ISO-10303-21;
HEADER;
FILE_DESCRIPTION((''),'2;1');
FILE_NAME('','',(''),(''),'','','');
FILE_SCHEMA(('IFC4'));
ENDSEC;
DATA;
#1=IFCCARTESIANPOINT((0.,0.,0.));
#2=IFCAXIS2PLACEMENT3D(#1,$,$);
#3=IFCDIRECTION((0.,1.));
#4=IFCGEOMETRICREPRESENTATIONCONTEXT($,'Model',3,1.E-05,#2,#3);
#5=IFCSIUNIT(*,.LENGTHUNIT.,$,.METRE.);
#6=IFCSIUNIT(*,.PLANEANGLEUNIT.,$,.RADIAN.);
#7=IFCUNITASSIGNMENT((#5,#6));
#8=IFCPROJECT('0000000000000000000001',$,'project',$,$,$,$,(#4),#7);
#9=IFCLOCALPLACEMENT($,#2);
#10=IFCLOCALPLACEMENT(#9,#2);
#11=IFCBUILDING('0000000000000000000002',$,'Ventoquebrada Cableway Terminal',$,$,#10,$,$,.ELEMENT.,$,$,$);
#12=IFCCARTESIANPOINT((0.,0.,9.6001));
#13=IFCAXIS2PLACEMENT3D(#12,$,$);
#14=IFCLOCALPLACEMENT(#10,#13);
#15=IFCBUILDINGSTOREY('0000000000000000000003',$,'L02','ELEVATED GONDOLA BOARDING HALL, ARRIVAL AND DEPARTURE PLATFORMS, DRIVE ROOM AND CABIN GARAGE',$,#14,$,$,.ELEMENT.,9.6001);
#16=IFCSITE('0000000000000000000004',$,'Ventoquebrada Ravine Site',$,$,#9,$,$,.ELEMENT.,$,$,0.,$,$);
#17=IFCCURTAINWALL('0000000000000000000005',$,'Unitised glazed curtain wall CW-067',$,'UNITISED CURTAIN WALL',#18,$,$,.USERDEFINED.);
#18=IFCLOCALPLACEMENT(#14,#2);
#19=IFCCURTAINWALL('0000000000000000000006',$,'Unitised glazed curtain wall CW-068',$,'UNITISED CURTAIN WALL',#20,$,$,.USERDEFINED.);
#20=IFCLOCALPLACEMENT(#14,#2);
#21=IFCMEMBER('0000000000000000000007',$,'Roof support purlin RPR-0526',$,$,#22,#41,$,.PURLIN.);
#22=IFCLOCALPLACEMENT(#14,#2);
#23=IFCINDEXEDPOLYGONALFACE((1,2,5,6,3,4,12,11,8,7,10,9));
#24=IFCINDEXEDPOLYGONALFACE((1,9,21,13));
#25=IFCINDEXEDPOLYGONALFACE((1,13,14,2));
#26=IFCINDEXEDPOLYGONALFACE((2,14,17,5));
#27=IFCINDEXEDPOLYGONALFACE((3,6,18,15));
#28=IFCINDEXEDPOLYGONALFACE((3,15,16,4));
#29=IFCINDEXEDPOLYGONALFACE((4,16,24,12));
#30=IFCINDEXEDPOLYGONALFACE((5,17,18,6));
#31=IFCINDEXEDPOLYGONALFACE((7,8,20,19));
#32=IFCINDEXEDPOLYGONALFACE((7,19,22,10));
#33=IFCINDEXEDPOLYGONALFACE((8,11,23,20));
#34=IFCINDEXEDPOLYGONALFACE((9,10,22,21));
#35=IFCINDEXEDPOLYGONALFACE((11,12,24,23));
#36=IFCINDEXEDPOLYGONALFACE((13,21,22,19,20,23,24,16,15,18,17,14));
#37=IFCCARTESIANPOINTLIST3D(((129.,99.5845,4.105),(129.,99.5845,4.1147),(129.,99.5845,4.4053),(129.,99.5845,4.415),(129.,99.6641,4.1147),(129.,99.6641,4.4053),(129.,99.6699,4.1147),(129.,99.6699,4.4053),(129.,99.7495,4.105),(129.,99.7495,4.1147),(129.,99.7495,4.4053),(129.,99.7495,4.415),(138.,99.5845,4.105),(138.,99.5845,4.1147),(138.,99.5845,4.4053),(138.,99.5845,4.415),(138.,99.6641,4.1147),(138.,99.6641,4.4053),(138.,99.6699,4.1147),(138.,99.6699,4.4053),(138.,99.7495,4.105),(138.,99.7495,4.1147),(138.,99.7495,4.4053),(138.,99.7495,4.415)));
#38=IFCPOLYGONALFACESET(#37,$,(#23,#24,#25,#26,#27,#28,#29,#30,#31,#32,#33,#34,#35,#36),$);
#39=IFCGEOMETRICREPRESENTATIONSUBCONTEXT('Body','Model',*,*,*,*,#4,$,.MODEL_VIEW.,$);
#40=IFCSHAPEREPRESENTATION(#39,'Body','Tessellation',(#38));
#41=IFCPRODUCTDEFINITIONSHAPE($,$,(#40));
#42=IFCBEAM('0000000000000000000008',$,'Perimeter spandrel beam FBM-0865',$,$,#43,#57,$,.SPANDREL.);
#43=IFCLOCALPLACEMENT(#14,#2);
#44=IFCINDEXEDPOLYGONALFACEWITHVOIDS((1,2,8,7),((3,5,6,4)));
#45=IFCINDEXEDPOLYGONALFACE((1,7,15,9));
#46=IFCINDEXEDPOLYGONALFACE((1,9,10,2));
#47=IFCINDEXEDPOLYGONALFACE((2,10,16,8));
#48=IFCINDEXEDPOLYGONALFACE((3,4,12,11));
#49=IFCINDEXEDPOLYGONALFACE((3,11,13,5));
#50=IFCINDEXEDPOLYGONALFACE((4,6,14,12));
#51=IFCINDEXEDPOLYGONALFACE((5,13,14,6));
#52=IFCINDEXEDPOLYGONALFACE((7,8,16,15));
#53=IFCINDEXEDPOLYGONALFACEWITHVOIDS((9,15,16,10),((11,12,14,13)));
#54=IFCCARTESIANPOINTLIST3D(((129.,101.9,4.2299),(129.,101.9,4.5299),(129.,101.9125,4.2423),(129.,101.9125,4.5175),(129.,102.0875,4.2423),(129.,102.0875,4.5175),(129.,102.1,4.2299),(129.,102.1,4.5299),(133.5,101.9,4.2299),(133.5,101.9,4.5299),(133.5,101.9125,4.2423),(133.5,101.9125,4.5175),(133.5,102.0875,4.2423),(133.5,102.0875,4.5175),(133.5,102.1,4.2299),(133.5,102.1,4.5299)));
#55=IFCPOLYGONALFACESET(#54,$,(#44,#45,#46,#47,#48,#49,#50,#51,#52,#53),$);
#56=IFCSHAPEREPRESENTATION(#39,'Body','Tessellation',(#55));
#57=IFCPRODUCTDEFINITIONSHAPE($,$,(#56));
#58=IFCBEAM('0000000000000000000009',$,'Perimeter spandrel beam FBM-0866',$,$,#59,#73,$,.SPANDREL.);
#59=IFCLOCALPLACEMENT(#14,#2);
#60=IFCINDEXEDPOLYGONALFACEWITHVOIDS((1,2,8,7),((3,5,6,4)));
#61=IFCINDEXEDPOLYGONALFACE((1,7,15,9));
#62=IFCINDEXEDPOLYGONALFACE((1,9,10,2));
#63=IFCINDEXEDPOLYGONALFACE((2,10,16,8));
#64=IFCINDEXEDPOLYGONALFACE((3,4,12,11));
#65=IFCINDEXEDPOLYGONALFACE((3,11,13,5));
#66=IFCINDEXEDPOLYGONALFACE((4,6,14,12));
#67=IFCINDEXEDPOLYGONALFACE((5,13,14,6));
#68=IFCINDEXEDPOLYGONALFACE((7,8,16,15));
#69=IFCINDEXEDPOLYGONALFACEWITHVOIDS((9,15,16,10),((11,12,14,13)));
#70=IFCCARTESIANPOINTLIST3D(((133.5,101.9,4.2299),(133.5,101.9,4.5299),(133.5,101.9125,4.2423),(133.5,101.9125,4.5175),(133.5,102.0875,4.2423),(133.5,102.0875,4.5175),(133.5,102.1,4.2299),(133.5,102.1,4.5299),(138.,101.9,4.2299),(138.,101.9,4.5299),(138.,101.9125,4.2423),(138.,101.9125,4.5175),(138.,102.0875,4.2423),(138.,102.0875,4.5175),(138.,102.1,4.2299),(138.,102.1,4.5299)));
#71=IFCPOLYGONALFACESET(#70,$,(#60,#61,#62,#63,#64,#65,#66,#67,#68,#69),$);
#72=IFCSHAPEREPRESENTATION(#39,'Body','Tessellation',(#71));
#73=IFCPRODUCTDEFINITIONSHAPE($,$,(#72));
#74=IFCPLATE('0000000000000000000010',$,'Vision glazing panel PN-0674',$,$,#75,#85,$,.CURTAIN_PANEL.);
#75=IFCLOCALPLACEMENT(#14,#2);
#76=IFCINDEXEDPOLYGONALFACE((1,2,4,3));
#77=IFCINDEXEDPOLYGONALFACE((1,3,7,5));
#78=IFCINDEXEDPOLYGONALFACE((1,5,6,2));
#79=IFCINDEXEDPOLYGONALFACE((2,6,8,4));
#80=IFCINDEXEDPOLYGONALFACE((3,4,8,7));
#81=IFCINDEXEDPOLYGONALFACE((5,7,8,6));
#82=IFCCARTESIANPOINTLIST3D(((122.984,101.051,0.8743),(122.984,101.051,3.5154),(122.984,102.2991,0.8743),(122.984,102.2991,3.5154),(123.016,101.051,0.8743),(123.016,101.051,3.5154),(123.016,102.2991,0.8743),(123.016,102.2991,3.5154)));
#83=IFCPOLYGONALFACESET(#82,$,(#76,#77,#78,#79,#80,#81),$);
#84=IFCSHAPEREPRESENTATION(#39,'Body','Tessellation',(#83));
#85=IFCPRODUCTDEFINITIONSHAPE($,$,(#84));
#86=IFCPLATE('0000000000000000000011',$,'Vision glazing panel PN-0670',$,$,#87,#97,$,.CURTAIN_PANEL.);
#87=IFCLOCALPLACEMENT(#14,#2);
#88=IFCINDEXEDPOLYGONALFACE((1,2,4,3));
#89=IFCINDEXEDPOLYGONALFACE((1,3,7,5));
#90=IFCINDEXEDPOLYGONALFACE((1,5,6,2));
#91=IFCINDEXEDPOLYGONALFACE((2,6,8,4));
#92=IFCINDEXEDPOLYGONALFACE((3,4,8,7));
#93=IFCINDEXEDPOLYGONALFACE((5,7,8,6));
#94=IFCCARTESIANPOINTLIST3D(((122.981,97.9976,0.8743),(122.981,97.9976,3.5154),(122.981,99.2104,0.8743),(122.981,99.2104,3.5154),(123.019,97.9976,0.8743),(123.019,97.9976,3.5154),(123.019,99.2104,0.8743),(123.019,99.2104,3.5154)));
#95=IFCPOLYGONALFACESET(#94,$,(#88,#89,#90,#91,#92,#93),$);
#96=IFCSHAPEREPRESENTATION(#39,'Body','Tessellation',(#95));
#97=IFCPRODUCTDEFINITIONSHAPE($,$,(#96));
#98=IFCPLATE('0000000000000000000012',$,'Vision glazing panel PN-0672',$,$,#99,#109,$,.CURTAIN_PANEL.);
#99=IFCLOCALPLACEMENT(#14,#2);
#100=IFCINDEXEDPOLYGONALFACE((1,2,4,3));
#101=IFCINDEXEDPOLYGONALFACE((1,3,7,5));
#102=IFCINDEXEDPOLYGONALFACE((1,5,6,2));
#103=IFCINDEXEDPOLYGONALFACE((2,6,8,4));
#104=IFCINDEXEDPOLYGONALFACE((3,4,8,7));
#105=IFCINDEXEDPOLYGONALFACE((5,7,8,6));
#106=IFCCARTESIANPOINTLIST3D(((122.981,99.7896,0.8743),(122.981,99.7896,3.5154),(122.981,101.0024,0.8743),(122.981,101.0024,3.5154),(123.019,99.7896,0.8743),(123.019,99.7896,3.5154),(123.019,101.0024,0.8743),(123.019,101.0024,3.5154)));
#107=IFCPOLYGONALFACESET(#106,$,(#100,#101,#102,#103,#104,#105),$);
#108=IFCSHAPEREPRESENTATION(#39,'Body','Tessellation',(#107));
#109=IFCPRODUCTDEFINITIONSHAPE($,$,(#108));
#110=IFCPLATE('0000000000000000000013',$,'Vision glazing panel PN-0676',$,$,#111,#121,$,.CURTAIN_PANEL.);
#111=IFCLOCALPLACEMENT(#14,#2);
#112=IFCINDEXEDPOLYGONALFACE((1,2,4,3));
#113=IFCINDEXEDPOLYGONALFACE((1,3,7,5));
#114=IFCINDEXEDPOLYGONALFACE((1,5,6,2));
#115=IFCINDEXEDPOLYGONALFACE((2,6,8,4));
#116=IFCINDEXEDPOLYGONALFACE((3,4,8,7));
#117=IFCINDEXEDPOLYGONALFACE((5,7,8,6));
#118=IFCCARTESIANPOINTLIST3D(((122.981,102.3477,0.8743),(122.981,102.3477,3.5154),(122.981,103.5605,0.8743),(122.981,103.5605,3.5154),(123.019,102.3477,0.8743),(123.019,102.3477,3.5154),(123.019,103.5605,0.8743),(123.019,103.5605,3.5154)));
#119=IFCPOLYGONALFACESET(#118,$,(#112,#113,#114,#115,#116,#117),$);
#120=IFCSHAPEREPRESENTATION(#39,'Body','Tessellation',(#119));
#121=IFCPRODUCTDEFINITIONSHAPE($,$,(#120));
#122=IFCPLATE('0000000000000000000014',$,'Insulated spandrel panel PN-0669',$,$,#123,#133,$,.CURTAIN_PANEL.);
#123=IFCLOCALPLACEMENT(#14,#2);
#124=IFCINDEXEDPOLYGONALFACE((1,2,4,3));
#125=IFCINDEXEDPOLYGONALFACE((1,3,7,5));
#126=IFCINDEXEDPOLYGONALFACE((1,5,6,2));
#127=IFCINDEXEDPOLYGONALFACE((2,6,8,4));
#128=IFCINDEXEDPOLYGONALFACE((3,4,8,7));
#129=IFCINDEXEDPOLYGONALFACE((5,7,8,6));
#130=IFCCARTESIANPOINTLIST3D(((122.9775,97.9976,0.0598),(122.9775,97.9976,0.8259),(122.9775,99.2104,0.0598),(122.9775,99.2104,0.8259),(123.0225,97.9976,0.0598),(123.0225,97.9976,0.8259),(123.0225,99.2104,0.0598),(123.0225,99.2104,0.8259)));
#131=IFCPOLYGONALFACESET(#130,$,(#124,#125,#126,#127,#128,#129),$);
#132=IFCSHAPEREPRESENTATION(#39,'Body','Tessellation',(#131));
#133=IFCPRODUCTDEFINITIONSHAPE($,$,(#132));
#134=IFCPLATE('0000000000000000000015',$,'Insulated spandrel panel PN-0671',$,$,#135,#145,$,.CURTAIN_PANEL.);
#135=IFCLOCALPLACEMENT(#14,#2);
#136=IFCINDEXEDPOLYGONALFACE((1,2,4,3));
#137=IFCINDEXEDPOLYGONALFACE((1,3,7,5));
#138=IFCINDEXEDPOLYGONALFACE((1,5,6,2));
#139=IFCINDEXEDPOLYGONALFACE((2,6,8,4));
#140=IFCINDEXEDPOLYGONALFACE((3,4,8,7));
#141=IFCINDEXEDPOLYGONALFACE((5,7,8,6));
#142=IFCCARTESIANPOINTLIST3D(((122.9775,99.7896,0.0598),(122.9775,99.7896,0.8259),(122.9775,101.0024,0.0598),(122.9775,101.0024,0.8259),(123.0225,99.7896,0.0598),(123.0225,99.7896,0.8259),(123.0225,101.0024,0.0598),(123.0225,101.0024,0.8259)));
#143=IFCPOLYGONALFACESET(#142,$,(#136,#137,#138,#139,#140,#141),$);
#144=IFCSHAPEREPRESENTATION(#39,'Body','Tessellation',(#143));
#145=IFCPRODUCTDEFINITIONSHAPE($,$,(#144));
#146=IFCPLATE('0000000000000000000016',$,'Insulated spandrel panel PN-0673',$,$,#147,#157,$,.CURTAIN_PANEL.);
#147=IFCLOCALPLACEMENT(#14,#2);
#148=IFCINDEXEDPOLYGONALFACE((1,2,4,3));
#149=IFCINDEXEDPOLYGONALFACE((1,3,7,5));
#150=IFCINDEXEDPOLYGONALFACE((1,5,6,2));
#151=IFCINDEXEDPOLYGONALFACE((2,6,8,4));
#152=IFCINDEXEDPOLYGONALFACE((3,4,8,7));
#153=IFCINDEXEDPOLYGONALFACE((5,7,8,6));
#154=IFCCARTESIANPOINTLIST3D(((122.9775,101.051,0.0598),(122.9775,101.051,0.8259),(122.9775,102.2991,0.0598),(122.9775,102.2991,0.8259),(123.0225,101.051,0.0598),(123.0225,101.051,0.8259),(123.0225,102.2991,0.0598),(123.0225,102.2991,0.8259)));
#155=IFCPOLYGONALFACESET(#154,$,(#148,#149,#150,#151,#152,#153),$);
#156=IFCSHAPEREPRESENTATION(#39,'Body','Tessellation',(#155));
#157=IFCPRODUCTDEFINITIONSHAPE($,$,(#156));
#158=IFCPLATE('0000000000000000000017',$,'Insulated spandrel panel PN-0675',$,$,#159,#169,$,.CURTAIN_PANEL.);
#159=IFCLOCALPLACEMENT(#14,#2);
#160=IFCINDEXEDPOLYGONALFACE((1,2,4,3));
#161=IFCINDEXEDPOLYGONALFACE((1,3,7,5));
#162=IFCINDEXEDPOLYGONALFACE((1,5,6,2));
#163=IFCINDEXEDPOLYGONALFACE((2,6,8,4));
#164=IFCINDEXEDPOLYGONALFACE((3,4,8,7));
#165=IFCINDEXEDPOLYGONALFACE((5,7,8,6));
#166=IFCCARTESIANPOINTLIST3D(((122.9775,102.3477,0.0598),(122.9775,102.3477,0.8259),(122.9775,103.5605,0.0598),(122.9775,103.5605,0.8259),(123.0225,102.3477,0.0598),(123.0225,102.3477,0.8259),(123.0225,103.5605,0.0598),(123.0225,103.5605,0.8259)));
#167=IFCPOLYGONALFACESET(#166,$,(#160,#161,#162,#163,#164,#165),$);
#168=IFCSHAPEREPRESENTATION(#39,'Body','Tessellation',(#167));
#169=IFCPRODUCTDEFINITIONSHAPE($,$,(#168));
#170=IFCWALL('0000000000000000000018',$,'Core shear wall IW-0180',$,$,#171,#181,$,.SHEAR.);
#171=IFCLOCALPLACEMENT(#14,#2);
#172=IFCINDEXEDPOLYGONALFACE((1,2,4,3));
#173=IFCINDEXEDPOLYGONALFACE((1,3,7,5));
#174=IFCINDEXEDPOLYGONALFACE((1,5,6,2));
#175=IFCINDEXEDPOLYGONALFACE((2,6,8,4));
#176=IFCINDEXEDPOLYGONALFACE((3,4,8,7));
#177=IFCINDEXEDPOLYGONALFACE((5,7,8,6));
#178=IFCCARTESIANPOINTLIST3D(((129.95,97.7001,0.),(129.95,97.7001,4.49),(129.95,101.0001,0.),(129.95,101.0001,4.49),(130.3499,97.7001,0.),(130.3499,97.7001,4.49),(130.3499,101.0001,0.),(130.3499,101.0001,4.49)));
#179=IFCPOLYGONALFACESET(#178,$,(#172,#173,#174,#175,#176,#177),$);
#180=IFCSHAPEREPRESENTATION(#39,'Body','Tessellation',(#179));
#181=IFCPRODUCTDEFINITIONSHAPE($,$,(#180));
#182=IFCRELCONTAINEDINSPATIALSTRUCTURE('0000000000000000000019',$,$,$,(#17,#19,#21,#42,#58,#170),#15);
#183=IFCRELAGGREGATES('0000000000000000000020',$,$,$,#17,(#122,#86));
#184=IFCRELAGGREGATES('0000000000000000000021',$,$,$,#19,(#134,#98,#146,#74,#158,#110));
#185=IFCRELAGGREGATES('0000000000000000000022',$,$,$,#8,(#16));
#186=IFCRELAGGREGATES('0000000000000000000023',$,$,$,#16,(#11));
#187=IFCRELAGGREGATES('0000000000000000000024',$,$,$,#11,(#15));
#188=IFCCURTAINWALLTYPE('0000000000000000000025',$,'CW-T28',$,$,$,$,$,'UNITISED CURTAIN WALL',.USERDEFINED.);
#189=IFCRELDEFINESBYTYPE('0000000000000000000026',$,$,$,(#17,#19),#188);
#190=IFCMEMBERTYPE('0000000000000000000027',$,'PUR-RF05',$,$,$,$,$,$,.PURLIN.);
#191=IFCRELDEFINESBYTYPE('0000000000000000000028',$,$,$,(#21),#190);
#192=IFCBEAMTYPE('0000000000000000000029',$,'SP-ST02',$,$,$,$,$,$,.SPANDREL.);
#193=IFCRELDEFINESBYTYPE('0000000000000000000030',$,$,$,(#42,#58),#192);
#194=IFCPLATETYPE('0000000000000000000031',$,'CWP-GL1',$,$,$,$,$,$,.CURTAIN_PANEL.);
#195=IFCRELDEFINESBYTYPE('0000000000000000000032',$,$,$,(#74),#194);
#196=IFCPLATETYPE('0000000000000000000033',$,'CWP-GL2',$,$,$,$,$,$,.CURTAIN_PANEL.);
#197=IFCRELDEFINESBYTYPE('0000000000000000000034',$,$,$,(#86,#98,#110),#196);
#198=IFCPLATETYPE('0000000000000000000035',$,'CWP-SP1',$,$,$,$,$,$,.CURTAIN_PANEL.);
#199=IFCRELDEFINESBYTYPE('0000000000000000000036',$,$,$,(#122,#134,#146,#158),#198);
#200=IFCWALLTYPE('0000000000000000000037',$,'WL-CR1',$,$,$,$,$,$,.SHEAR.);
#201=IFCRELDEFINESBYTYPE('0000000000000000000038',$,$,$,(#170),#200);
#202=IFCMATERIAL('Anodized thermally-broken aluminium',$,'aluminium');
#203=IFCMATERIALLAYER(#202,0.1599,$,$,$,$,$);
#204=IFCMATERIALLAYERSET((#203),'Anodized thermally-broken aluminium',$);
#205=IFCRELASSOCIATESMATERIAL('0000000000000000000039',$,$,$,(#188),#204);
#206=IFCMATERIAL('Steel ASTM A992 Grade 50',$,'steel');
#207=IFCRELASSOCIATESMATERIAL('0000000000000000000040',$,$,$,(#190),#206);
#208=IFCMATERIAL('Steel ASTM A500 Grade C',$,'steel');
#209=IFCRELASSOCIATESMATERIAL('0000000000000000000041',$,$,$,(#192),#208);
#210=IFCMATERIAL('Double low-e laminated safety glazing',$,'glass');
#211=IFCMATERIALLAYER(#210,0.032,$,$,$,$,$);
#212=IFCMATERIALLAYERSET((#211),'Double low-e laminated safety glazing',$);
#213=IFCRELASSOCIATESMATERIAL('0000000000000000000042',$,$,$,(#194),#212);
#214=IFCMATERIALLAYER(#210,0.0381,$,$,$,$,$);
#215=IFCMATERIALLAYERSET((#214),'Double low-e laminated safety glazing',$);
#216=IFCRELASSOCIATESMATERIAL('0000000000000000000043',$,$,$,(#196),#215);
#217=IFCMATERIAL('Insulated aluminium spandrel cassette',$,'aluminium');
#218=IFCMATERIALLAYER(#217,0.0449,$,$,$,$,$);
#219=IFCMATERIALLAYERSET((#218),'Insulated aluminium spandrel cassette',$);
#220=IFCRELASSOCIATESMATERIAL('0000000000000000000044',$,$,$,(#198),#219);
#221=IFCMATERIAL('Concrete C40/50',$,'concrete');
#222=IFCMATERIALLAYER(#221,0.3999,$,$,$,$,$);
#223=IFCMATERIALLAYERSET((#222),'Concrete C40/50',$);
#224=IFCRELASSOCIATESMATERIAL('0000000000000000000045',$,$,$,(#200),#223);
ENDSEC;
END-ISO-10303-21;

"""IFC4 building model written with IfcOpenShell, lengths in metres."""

from ifc_helpers import new_model, si_unit, direction, frame, frame_2d, origin, origin_2d, place, context, subcontext, project, spatial, rectangle, hollow_rectangle, i_section, extrude, material, layer, layer_set, material_profile, profile_set, type_object, element, aggregate, save


model = new_model("IFC4")

# Units and contexts
model_context = context("Model", 3, precision=1e-05, world=origin(), true_north=direction((0.0, 1.0)))
body_context = subcontext(model_context, "Body", "Model", "MODEL_VIEW")
ifc_project = project(units=[si_unit("LENGTHUNIT", "METRE"), si_unit("PLANEANGLEUNIT", "RADIAN")], contexts=[model_context])

# Site, building, storey
site_placement = place(None, origin())
site = spatial("IfcSite", under=ifc_project, at=site_placement, Name="Ventoquebrada Ravine Site", CompositionType="ELEMENT", RefElevation=0.0)
building_placement = place(site_placement, origin())
building = spatial("IfcBuilding", under=site, at=building_placement, Name="Ventoquebrada Cableway Terminal", CompositionType="ELEMENT")
storey_placement = place(building_placement, frame((0.0, 0.0, 9.6001)))
storey = spatial("IfcBuildingStorey", under=building, at=storey_placement, Name="L02", Description="ELEVATED GONDOLA BOARDING HALL, ARRIVAL AND DEPARTURE PLATFORMS, DRIVE ROOM AND CABIN GARAGE", CompositionType="ELEMENT", Elevation=9.6001)

# Shared definitions
ifc_material_1 = material(Name="Concrete C40/50", Category="concrete")
ifc_material_2 = material(Name="Steel ASTM A992 Grade 50", Category="steel")

# Curtain wall
ifc_material_3 = material(Name="Anodized thermally-broken aluminium", Category="aluminium")
ifc_layer_1 = layer(ifc_material_3, 0.1599)
ifc_layer_set_1 = layer_set([ifc_layer_1], Name="Anodized thermally-broken aluminium")
curtain_wall_type = type_object("IfcCurtainWallType", Name="CW-T28", ElementType="UNITISED CURTAIN WALL", PredefinedType="USERDEFINED", material=ifc_layer_set_1)
curtain_wall_1_placement = place(storey_placement, origin())
curtain_wall_1 = element("IfcCurtainWall", 1, at=curtain_wall_1_placement, inside=storey, type_object=curtain_wall_type, Name="Unitised glazed curtain wall CW-067", ObjectType="UNITISED CURTAIN WALL", PredefinedType="USERDEFINED")

# Curtain wall
curtain_wall_2_placement = place(storey_placement, origin())
curtain_wall_2 = element("IfcCurtainWall", 2, at=curtain_wall_2_placement, inside=storey, type_object=curtain_wall_type, Name="Unitised glazed curtain wall CW-068", ObjectType="UNITISED CURTAIN WALL", PredefinedType="USERDEFINED")

# Member
ifc_material_profile_1 = material_profile(ifc_material_2, i_section(OverallWidth=0.165, OverallDepth=0.3101, WebThickness=0.0059, FlangeThickness=0.0098, at=origin_2d()), Name="W12X26")
ifc_profile_set_1 = profile_set([ifc_material_profile_1], Name="Steel ASTM A992 Grade 50")
member_type_1 = type_object("IfcMemberType", Name="PUR-RF05", PredefinedType="PURLIN", material=ifc_profile_set_1)
member_1_placement = place(storey_placement, frame((129.0, 99.667, 4.26), z_axis=(1.0, 0.0, 0.0), x_axis=(0.0, 1.0, 0.0)))
element("IfcMember", 3, at=member_1_placement, inside=storey, type_object=member_type_1, Name="Roof support purlin RPR-0526", PredefinedType="PURLIN", context=body_context, shape_type="SweptSolid", body=[
    extrude(i_section(OverallWidth=0.165, OverallDepth=0.3101, WebThickness=0.0059, FlangeThickness=0.0098, at=origin_2d()), origin(), (0.0, 0.0, 1.0), 9.0),
])

# Beams
ifc_material_4 = material(Name="Steel ASTM A500 Grade C", Category="steel")
ifc_material_profile_2 = material_profile(ifc_material_4, hollow_rectangle(XDim=0.2, YDim=0.3, WallThickness=0.0125, at=origin_2d()), Name="RHS300X200X12.5")
ifc_profile_set_2 = profile_set([ifc_material_profile_2], Name="Steel ASTM A500 Grade C")
beam_type_1 = type_object("IfcBeamType", Name="SP-ST02", PredefinedType="SPANDREL", material=ifc_profile_set_2)
for number, where, z_axis, x_axis, name in (
    (4, (129.0, 102.0, 4.3799), (1.0, 0.0, 0.0), (0.0, 1.0, 0.0), "Perimeter spandrel beam FBM-0865"),
    (5, (133.5, 102.0, 4.3799), (1.0, 0.0, 0.0), (0.0, 1.0, 0.0), "Perimeter spandrel beam FBM-0866"),
):
    element("IfcBeam", number, at=place(storey_placement, frame(where, z_axis=z_axis, x_axis=x_axis)), inside=storey, type_object=beam_type_1, Name=name, PredefinedType="SPANDREL", context=body_context, shape_type="SweptSolid", body=[
        extrude(hollow_rectangle(XDim=0.2, YDim=0.3, WallThickness=0.0125, at=origin_2d()), origin(), (0.0, 0.0, 1.0), 4.5),
    ])

# Plates
ifc_material_5 = material(Name="Double low-e laminated safety glazing", Category="glass")
ifc_layer_2 = layer(ifc_material_5, 0.032)
ifc_layer_set_2 = layer_set([ifc_layer_2], Name="Double low-e laminated safety glazing")
plate_type_1 = type_object("IfcPlateType", Name="CWP-GL1", PredefinedType="CURTAIN_PANEL", material=ifc_layer_set_2)
plate_1_placement = place(storey_placement, frame((123.0, 101.675, 0.8743), z_axis=(0.0, 0.0, 1.0), x_axis=(0.0, 1.0, 0.0)))
plate_1 = element("IfcPlate", 6, at=plate_1_placement, type_object=plate_type_1, Name="Vision glazing panel PN-0674", PredefinedType="CURTAIN_PANEL", context=body_context, shape_type="SweptSolid", body=[
    extrude(rectangle(XDim=1.248, YDim=0.032, at=origin_2d()), origin(), (0.0, 0.0, 1.0), 2.6411),
])
ifc_layer_3 = layer(ifc_material_5, 0.0381)
ifc_layer_set_3 = layer_set([ifc_layer_3], Name="Double low-e laminated safety glazing")
plate_type_2 = type_object("IfcPlateType", Name="CWP-GL2", PredefinedType="CURTAIN_PANEL", material=ifc_layer_set_3)
plate_2_placement = place(storey_placement, frame((123.0, 98.604, 0.8743), z_axis=(0.0, 0.0, 1.0), x_axis=(0.0, 1.0, 0.0)))
plate_2 = element("IfcPlate", 7, at=plate_2_placement, type_object=plate_type_2, Name="Vision glazing panel PN-0670", PredefinedType="CURTAIN_PANEL", context=body_context, shape_type="SweptSolid", body=[
    extrude(rectangle(XDim=1.2129, YDim=0.0381, at=origin_2d()), origin(), (0.0, 0.0, 1.0), 2.6411),
])
plate_3_placement = place(storey_placement, frame((123.0, 100.396, 0.8743), z_axis=(0.0, 0.0, 1.0), x_axis=(0.0, 1.0, 0.0)))
plate_3 = element("IfcPlate", 8, at=plate_3_placement, type_object=plate_type_2, Name="Vision glazing panel PN-0672", PredefinedType="CURTAIN_PANEL", context=body_context, shape_type="SweptSolid", body=[
    extrude(rectangle(XDim=1.2129, YDim=0.0381, at=origin_2d()), origin(), (0.0, 0.0, 1.0), 2.6411),
])
plate_4_placement = place(storey_placement, frame((123.0, 102.9541, 0.8743), z_axis=(0.0, 0.0, 1.0), x_axis=(0.0, 1.0, 0.0)))
plate_4 = element("IfcPlate", 9, at=plate_4_placement, type_object=plate_type_2, Name="Vision glazing panel PN-0676", PredefinedType="CURTAIN_PANEL", context=body_context, shape_type="SweptSolid", body=[
    extrude(rectangle(XDim=1.2129, YDim=0.0381, at=origin_2d()), origin(), (0.0, 0.0, 1.0), 2.6411),
])
ifc_material_6 = material(Name="Insulated aluminium spandrel cassette", Category="aluminium")
ifc_layer_4 = layer(ifc_material_6, 0.0449)
ifc_layer_set_4 = layer_set([ifc_layer_4], Name="Insulated aluminium spandrel cassette")
plate_type_3 = type_object("IfcPlateType", Name="CWP-SP1", PredefinedType="CURTAIN_PANEL", material=ifc_layer_set_4)
plate_5_placement = place(storey_placement, frame((123.0, 98.604, 0.0598), z_axis=(0.0, 0.0, 1.0), x_axis=(0.0, 1.0, 0.0)))
plate_5 = element("IfcPlate", 10, at=plate_5_placement, type_object=plate_type_3, Name="Insulated spandrel panel PN-0669", PredefinedType="CURTAIN_PANEL", context=body_context, shape_type="SweptSolid", body=[
    extrude(rectangle(XDim=1.2129, YDim=0.0449, at=origin_2d()), origin(), (0.0, 0.0, 1.0), 0.7661),
])
aggregate(curtain_wall_1, [plate_5, plate_2])
plate_6_placement = place(storey_placement, frame((123.0, 100.396, 0.0598), z_axis=(0.0, 0.0, 1.0), x_axis=(0.0, 1.0, 0.0)))
plate_6 = element("IfcPlate", 11, at=plate_6_placement, type_object=plate_type_3, Name="Insulated spandrel panel PN-0671", PredefinedType="CURTAIN_PANEL", context=body_context, shape_type="SweptSolid", body=[
    extrude(rectangle(XDim=1.2129, YDim=0.0449, at=origin_2d()), origin(), (0.0, 0.0, 1.0), 0.7661),
])
plate_7_placement = place(storey_placement, frame((123.0, 101.675, 0.0598), z_axis=(0.0, 0.0, 1.0), x_axis=(0.0, 1.0, 0.0)))
plate_7 = element("IfcPlate", 12, at=plate_7_placement, type_object=plate_type_3, Name="Insulated spandrel panel PN-0673", PredefinedType="CURTAIN_PANEL", context=body_context, shape_type="SweptSolid", body=[
    extrude(rectangle(XDim=1.248, YDim=0.0449, at=origin_2d()), origin(), (0.0, 0.0, 1.0), 0.7661),
])
plate_8_placement = place(storey_placement, frame((123.0, 102.9541, 0.0598), z_axis=(0.0, 0.0, 1.0), x_axis=(0.0, 1.0, 0.0)))
plate_8 = element("IfcPlate", 13, at=plate_8_placement, type_object=plate_type_3, Name="Insulated spandrel panel PN-0675", PredefinedType="CURTAIN_PANEL", context=body_context, shape_type="SweptSolid", body=[
    extrude(rectangle(XDim=1.2129, YDim=0.0449, at=origin_2d()), origin(), (0.0, 0.0, 1.0), 0.7661),
])
aggregate(curtain_wall_2, [plate_6, plate_3, plate_7, plate_1, plate_8, plate_4])

# Wall
ifc_layer_5 = layer(ifc_material_1, 0.3999)
ifc_layer_set_5 = layer_set([ifc_layer_5], Name="Concrete C40/50")
wall_type_1 = type_object("IfcWallType", Name="WL-CR1", PredefinedType="SHEAR", material=ifc_layer_set_5)
wall_1_placement = place(storey_placement, frame((130.1499, 101.0, 0.0), z_axis=(0.0, 0.0, 1.0), x_axis=(0.0, -1.0, 0.0)))
element("IfcWall", 14, at=wall_1_placement, inside=storey, type_object=wall_type_1, Name="Core shear wall IW-0180", PredefinedType="SHEAR", context=body_context, shape_type="SweptSolid", body=[
    extrude(rectangle(XDim=3.3, YDim=0.3999, at=frame_2d((1.6499, 0.0))), origin(), (0.0, 0.0, 1.0), 4.49),
])

save(model, "model.ifc")
